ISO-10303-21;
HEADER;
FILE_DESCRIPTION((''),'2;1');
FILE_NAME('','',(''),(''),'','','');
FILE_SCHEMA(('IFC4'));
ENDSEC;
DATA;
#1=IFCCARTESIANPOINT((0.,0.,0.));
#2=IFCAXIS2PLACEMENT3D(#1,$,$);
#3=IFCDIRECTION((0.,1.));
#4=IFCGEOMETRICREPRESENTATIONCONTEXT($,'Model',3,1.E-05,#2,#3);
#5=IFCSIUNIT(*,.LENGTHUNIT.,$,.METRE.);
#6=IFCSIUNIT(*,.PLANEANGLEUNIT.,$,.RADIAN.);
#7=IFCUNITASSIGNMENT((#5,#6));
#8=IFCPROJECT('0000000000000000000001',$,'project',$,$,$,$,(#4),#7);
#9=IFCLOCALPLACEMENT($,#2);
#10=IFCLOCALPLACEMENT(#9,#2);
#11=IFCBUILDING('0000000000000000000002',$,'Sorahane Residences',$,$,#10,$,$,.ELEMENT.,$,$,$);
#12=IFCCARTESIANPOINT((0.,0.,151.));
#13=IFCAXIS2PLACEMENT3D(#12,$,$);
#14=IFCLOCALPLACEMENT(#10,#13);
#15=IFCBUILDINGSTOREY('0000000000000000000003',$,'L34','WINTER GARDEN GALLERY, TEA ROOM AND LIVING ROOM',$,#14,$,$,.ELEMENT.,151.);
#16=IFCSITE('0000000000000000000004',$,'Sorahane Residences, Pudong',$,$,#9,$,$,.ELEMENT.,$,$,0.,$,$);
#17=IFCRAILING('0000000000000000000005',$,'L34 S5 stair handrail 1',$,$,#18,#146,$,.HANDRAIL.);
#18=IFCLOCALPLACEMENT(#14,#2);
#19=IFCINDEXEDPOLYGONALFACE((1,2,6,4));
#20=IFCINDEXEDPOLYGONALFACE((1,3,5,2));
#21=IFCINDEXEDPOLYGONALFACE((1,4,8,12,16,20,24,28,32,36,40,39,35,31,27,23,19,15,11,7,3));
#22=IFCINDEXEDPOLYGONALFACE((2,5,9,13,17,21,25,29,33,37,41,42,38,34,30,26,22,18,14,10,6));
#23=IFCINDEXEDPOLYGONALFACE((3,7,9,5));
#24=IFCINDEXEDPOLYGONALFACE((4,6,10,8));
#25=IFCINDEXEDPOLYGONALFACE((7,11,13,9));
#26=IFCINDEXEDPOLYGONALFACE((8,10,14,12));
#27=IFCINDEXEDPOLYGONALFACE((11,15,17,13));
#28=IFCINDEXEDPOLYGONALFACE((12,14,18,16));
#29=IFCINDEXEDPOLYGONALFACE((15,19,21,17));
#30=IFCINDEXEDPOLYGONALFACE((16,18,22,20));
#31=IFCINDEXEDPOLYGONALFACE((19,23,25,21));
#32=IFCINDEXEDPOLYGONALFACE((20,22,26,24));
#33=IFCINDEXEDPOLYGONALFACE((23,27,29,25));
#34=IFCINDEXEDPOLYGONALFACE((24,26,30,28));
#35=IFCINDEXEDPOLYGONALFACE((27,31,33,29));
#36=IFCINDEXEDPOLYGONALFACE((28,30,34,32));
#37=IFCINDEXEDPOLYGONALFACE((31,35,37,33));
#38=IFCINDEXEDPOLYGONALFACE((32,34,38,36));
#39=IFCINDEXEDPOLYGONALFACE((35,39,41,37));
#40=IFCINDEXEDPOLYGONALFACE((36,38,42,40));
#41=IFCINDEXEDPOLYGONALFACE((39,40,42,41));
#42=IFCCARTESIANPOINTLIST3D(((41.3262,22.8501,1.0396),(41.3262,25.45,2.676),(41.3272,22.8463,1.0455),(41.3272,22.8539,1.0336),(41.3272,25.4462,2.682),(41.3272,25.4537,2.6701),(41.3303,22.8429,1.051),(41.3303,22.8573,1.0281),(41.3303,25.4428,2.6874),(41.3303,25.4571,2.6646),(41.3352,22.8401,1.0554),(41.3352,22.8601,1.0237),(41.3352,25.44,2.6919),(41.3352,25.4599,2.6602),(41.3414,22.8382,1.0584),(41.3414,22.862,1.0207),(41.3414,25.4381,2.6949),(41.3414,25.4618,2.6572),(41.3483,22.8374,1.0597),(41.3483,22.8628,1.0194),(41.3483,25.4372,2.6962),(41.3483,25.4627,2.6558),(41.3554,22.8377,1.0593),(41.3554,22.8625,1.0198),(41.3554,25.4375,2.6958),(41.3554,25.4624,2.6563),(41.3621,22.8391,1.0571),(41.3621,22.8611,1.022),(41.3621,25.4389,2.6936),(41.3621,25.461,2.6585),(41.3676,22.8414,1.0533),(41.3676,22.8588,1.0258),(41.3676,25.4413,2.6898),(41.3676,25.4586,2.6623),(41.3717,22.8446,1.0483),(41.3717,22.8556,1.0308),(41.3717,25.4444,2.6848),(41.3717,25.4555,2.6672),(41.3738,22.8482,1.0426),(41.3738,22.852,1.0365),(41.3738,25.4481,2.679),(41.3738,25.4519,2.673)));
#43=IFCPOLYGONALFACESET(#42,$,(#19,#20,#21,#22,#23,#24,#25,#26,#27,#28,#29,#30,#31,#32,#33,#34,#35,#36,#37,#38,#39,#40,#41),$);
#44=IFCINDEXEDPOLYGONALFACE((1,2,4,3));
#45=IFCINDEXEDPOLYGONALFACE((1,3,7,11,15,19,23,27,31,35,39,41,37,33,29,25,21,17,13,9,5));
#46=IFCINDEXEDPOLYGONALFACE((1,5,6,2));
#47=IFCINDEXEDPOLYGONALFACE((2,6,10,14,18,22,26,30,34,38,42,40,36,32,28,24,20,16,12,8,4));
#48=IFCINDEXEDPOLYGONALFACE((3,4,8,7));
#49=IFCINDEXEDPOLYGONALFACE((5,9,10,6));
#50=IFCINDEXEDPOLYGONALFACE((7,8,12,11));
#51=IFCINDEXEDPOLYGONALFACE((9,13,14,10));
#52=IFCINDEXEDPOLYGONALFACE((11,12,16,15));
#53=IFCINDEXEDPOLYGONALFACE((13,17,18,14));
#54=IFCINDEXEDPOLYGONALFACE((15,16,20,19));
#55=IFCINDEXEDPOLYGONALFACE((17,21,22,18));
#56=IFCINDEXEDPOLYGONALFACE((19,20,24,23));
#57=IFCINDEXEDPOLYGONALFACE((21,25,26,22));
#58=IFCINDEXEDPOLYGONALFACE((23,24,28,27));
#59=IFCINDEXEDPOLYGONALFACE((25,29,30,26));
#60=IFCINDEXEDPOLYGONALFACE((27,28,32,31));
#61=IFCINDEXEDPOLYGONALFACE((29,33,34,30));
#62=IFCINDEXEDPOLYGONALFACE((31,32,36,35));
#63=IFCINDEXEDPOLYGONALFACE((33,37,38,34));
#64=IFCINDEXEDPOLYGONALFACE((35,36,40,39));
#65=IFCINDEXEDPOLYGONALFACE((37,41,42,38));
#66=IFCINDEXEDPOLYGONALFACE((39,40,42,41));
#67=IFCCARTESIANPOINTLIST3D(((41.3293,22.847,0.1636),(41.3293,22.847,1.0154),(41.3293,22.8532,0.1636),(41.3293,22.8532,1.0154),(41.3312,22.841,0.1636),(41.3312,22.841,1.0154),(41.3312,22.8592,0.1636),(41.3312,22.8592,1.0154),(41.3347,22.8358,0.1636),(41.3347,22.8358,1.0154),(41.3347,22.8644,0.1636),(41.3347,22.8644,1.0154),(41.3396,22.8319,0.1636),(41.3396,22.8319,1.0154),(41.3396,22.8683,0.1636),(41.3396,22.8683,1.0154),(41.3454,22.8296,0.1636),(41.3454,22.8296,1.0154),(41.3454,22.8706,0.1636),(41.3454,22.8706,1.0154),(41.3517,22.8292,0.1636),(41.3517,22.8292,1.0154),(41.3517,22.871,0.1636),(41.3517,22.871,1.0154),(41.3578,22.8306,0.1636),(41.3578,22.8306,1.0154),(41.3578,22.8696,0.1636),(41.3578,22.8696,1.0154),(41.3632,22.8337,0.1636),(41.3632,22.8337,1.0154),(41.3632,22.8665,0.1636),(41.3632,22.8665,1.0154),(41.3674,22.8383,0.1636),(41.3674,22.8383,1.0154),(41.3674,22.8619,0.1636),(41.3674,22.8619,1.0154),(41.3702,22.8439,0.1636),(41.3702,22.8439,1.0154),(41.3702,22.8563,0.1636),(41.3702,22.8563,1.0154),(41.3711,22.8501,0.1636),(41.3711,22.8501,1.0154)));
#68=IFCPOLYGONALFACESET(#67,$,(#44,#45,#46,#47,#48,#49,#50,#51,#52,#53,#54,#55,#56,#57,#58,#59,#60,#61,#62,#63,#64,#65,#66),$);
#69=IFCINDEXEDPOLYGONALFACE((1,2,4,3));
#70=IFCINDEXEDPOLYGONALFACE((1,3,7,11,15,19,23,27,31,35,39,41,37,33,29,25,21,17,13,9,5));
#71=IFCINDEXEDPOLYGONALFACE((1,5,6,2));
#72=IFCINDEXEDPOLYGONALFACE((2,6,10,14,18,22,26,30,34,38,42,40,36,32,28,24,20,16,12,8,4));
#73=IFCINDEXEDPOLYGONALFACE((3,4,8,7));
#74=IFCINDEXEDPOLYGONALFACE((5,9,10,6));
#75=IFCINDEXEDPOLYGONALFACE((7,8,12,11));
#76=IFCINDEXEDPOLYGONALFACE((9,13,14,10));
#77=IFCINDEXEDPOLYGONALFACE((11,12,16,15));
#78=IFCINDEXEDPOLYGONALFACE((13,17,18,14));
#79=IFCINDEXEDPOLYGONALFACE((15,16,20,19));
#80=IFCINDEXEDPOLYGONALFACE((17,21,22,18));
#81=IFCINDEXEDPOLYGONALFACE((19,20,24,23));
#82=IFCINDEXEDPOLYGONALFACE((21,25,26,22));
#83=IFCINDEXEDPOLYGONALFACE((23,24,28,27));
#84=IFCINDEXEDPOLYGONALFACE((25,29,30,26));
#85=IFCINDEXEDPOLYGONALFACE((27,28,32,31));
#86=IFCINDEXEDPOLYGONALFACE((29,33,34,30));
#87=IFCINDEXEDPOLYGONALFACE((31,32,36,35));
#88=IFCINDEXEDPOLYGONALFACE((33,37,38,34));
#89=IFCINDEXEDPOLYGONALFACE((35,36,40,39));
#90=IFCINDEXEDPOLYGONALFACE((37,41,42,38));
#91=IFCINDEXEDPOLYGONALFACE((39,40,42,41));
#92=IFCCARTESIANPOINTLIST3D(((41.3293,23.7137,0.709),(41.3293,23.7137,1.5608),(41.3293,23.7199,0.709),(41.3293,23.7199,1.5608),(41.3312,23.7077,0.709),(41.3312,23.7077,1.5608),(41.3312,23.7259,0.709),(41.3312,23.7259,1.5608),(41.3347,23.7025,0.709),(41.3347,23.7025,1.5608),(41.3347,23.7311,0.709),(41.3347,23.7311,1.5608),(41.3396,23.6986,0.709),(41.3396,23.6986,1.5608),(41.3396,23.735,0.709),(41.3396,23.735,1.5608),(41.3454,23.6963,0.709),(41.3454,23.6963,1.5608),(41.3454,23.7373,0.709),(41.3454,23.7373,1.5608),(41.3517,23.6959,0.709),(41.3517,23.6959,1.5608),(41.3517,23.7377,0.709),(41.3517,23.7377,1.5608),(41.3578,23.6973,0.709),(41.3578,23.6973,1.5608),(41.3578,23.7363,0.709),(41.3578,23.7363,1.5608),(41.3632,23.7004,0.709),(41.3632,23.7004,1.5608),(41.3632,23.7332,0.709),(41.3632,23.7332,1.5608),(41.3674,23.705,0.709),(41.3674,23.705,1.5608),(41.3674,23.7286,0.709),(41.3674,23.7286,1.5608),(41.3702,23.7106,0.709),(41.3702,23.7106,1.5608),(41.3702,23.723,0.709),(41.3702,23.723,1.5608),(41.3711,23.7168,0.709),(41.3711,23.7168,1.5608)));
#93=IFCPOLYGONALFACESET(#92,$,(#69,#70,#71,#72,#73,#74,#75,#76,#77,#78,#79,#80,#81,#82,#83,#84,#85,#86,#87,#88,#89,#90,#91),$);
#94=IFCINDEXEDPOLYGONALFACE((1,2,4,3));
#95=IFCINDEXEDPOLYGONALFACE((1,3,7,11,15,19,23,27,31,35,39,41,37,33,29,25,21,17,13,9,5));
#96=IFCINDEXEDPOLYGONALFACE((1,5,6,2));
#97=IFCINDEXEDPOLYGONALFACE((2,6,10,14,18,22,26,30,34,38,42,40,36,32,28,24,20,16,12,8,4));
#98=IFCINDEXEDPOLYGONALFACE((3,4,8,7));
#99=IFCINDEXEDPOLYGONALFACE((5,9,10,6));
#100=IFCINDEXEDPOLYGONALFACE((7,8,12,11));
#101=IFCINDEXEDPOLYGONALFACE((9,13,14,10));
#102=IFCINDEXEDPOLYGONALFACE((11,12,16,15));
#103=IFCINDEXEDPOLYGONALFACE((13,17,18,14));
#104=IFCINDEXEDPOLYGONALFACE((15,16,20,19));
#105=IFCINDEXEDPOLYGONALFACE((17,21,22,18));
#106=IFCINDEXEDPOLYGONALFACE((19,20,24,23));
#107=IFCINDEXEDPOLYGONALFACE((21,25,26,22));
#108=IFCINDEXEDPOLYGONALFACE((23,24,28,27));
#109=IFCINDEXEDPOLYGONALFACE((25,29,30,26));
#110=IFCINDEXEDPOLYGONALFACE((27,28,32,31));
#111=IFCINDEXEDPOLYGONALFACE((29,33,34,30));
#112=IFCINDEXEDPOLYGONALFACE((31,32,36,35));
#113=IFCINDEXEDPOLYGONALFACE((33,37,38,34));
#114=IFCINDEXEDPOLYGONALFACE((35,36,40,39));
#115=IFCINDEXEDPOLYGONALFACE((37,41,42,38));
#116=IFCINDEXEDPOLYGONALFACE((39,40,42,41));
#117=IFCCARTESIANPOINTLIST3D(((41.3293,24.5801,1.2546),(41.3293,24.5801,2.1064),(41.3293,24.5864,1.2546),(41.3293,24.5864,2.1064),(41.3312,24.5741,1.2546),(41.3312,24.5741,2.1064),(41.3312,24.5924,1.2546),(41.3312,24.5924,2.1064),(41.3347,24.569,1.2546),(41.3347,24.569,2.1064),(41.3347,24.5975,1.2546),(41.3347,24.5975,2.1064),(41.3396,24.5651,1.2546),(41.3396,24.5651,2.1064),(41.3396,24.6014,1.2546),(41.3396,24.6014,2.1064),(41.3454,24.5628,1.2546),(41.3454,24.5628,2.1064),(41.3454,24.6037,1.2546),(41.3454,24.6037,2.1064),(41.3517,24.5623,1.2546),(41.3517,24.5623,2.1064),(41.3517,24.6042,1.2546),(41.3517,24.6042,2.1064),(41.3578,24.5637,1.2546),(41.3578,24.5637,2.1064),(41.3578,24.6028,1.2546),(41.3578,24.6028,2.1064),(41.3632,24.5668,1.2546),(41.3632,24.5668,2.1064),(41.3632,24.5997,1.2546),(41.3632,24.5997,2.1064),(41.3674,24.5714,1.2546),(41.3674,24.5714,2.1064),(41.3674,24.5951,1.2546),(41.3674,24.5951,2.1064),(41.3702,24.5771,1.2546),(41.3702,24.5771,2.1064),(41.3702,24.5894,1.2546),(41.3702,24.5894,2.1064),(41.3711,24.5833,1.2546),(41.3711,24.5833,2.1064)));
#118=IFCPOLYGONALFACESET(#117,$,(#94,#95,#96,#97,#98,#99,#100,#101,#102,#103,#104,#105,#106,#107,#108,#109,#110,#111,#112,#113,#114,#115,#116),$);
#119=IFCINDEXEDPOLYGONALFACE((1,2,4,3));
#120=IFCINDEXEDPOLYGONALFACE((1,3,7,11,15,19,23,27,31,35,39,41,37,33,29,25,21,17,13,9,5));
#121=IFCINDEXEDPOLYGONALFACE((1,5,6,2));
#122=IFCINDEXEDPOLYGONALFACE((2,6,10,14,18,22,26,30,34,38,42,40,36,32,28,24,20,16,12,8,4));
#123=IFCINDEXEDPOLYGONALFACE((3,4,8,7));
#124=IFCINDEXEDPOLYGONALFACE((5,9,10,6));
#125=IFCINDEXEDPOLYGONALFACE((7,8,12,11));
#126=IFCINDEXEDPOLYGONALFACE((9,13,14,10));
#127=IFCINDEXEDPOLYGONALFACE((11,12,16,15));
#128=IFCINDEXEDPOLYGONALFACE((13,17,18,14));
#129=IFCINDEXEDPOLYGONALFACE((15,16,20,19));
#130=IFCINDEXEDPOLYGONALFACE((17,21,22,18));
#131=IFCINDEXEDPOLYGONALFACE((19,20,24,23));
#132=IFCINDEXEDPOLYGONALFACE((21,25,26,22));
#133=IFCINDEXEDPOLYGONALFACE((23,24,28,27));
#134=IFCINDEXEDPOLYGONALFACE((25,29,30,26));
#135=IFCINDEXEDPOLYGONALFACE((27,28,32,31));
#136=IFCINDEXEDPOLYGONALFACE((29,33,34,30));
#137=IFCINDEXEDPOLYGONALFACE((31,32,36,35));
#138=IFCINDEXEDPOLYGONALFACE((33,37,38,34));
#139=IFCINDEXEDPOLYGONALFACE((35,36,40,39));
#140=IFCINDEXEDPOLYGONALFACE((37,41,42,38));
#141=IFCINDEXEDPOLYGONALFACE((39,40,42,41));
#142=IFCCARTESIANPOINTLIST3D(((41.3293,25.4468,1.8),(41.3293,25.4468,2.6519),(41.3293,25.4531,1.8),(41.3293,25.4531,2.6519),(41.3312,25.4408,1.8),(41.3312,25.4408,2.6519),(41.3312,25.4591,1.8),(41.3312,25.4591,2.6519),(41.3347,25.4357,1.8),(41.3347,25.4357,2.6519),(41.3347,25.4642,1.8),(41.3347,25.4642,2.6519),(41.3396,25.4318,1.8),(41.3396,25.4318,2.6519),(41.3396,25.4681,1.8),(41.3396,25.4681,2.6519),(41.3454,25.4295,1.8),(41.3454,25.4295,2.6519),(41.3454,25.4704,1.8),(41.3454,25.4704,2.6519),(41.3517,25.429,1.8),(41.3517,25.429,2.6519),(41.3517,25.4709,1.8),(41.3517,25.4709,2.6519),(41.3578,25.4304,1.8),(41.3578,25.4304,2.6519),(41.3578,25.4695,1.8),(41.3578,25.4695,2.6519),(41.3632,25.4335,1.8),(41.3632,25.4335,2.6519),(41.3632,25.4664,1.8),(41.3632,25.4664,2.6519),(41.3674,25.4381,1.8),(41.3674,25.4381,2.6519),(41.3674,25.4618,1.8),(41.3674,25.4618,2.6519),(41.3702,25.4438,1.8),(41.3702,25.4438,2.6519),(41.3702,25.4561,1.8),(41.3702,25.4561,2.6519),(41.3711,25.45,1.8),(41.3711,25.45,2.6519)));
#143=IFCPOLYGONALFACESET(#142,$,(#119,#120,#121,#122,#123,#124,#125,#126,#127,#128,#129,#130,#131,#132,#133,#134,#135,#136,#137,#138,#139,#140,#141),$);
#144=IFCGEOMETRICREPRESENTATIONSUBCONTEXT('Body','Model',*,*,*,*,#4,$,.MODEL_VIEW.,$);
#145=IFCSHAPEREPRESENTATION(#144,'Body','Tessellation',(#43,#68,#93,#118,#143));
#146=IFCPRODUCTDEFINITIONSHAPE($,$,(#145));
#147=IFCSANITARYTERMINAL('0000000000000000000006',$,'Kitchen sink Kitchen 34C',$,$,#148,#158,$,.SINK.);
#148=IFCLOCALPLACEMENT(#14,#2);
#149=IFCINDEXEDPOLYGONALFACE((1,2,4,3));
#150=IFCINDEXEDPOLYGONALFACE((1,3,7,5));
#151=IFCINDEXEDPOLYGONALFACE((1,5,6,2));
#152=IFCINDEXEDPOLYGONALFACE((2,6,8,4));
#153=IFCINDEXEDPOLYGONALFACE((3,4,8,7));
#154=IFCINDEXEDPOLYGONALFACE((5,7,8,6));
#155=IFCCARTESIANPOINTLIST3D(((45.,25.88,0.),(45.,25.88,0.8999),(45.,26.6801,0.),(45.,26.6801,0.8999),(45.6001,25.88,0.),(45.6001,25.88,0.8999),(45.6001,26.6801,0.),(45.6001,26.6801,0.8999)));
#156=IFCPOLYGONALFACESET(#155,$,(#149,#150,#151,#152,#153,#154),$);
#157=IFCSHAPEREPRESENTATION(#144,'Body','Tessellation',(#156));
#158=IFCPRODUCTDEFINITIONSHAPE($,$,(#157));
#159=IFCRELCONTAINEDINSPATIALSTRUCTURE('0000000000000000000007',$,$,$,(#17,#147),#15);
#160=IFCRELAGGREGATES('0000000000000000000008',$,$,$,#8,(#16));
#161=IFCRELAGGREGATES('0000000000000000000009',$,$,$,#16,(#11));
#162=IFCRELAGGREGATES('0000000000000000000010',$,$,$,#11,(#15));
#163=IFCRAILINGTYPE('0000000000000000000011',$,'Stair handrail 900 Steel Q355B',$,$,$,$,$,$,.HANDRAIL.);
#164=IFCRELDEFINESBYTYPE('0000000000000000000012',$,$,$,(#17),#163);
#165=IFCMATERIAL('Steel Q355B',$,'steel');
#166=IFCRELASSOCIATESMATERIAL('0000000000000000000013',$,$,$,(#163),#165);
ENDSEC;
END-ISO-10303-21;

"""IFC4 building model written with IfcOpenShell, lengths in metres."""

from ifc_helpers import new_model, si_unit, direction, frame, origin, origin_2d, place, context, subcontext, project, spatial, rectangle, circle, extrude, material, type_object, element, save


model = new_model("IFC4")

# Units and contexts
model_context = context("Model", 3, precision=1e-05, world=origin(), true_north=direction((0.0, 1.0)))
body_context = subcontext(model_context, "Body", "Model", "MODEL_VIEW")
ifc_project = project(units=[si_unit("LENGTHUNIT", "METRE"), si_unit("PLANEANGLEUNIT", "RADIAN")], contexts=[model_context])

# Site, building, storey
site_placement = place(None, origin())
site = spatial("IfcSite", under=ifc_project, at=site_placement, Name="Sorahane Residences, Pudong", CompositionType="ELEMENT", RefElevation=0.0)
building_placement = place(site_placement, origin())
building = spatial("IfcBuilding", under=site, at=building_placement, Name="Sorahane Residences", CompositionType="ELEMENT")
storey_placement = place(building_placement, frame((0.0, 0.0, 151.0)))
storey = spatial("IfcBuildingStorey", under=building, at=storey_placement, Name="L34", Description="WINTER GARDEN GALLERY, TEA ROOM AND LIVING ROOM", CompositionType="ELEMENT", Elevation=151.0)

# Railing
ifc_material_1 = material(Name="Steel Q355B", Category="steel")
railing_type_1 = type_object("IfcRailingType", Name="Stair handrail 900 Steel Q355B", PredefinedType="HANDRAIL", material=ifc_material_1)
railing_1_placement = place(storey_placement, frame((41.3501, 22.8501, 0.1636)))
element("IfcRailing", 1, at=railing_1_placement, inside=storey, type_object=railing_type_1, Name="L34 S5 stair handrail 1", PredefinedType="HANDRAIL", context=body_context, shape_type="SweptSolid", body=[
    extrude(circle(Radius=0.0239, at=origin_2d()), frame((0.0, 0.0, 0.876), z_axis=(0.0, 0.846302, 0.532704), x_axis=(-1.0, 0.0, 0.0)), (0.0, 0.0, 1.0), 3.072),
    extrude(circle(Radius=0.021, at=origin_2d()), origin(), (0.0, 0.0, 1.0), 0.8518),
    extrude(circle(Radius=0.021, at=origin_2d()), frame((0.0, 0.8667, 0.5454)), (0.0, 0.0, 1.0), 0.8518),
    extrude(circle(Radius=0.021, at=origin_2d()), frame((0.0, 1.7332, 1.0911)), (0.0, 0.0, 1.0), 0.8518),
    extrude(circle(Radius=0.021, at=origin_2d()), frame((0.0, 2.5999, 1.6365)), (0.0, 0.0, 1.0), 0.8518),
])

# Sanitary terminal
sanitary_terminal_placement = place(storey_placement, frame((45.3, 26.28, 0.0), z_axis=(0.0, 0.0, 1.0), x_axis=(0.0, 1.0, 0.0)))
element("IfcSanitaryTerminal", 2, at=sanitary_terminal_placement, inside=storey, Name="Kitchen sink Kitchen 34C", PredefinedType="SINK", context=body_context, shape_type="SweptSolid", body=[
    extrude(rectangle(XDim=0.8, YDim=0.6001, at=origin_2d()), origin(), (0.0, 0.0, 1.0), 0.8999),
])

save(model, "model.ifc")
